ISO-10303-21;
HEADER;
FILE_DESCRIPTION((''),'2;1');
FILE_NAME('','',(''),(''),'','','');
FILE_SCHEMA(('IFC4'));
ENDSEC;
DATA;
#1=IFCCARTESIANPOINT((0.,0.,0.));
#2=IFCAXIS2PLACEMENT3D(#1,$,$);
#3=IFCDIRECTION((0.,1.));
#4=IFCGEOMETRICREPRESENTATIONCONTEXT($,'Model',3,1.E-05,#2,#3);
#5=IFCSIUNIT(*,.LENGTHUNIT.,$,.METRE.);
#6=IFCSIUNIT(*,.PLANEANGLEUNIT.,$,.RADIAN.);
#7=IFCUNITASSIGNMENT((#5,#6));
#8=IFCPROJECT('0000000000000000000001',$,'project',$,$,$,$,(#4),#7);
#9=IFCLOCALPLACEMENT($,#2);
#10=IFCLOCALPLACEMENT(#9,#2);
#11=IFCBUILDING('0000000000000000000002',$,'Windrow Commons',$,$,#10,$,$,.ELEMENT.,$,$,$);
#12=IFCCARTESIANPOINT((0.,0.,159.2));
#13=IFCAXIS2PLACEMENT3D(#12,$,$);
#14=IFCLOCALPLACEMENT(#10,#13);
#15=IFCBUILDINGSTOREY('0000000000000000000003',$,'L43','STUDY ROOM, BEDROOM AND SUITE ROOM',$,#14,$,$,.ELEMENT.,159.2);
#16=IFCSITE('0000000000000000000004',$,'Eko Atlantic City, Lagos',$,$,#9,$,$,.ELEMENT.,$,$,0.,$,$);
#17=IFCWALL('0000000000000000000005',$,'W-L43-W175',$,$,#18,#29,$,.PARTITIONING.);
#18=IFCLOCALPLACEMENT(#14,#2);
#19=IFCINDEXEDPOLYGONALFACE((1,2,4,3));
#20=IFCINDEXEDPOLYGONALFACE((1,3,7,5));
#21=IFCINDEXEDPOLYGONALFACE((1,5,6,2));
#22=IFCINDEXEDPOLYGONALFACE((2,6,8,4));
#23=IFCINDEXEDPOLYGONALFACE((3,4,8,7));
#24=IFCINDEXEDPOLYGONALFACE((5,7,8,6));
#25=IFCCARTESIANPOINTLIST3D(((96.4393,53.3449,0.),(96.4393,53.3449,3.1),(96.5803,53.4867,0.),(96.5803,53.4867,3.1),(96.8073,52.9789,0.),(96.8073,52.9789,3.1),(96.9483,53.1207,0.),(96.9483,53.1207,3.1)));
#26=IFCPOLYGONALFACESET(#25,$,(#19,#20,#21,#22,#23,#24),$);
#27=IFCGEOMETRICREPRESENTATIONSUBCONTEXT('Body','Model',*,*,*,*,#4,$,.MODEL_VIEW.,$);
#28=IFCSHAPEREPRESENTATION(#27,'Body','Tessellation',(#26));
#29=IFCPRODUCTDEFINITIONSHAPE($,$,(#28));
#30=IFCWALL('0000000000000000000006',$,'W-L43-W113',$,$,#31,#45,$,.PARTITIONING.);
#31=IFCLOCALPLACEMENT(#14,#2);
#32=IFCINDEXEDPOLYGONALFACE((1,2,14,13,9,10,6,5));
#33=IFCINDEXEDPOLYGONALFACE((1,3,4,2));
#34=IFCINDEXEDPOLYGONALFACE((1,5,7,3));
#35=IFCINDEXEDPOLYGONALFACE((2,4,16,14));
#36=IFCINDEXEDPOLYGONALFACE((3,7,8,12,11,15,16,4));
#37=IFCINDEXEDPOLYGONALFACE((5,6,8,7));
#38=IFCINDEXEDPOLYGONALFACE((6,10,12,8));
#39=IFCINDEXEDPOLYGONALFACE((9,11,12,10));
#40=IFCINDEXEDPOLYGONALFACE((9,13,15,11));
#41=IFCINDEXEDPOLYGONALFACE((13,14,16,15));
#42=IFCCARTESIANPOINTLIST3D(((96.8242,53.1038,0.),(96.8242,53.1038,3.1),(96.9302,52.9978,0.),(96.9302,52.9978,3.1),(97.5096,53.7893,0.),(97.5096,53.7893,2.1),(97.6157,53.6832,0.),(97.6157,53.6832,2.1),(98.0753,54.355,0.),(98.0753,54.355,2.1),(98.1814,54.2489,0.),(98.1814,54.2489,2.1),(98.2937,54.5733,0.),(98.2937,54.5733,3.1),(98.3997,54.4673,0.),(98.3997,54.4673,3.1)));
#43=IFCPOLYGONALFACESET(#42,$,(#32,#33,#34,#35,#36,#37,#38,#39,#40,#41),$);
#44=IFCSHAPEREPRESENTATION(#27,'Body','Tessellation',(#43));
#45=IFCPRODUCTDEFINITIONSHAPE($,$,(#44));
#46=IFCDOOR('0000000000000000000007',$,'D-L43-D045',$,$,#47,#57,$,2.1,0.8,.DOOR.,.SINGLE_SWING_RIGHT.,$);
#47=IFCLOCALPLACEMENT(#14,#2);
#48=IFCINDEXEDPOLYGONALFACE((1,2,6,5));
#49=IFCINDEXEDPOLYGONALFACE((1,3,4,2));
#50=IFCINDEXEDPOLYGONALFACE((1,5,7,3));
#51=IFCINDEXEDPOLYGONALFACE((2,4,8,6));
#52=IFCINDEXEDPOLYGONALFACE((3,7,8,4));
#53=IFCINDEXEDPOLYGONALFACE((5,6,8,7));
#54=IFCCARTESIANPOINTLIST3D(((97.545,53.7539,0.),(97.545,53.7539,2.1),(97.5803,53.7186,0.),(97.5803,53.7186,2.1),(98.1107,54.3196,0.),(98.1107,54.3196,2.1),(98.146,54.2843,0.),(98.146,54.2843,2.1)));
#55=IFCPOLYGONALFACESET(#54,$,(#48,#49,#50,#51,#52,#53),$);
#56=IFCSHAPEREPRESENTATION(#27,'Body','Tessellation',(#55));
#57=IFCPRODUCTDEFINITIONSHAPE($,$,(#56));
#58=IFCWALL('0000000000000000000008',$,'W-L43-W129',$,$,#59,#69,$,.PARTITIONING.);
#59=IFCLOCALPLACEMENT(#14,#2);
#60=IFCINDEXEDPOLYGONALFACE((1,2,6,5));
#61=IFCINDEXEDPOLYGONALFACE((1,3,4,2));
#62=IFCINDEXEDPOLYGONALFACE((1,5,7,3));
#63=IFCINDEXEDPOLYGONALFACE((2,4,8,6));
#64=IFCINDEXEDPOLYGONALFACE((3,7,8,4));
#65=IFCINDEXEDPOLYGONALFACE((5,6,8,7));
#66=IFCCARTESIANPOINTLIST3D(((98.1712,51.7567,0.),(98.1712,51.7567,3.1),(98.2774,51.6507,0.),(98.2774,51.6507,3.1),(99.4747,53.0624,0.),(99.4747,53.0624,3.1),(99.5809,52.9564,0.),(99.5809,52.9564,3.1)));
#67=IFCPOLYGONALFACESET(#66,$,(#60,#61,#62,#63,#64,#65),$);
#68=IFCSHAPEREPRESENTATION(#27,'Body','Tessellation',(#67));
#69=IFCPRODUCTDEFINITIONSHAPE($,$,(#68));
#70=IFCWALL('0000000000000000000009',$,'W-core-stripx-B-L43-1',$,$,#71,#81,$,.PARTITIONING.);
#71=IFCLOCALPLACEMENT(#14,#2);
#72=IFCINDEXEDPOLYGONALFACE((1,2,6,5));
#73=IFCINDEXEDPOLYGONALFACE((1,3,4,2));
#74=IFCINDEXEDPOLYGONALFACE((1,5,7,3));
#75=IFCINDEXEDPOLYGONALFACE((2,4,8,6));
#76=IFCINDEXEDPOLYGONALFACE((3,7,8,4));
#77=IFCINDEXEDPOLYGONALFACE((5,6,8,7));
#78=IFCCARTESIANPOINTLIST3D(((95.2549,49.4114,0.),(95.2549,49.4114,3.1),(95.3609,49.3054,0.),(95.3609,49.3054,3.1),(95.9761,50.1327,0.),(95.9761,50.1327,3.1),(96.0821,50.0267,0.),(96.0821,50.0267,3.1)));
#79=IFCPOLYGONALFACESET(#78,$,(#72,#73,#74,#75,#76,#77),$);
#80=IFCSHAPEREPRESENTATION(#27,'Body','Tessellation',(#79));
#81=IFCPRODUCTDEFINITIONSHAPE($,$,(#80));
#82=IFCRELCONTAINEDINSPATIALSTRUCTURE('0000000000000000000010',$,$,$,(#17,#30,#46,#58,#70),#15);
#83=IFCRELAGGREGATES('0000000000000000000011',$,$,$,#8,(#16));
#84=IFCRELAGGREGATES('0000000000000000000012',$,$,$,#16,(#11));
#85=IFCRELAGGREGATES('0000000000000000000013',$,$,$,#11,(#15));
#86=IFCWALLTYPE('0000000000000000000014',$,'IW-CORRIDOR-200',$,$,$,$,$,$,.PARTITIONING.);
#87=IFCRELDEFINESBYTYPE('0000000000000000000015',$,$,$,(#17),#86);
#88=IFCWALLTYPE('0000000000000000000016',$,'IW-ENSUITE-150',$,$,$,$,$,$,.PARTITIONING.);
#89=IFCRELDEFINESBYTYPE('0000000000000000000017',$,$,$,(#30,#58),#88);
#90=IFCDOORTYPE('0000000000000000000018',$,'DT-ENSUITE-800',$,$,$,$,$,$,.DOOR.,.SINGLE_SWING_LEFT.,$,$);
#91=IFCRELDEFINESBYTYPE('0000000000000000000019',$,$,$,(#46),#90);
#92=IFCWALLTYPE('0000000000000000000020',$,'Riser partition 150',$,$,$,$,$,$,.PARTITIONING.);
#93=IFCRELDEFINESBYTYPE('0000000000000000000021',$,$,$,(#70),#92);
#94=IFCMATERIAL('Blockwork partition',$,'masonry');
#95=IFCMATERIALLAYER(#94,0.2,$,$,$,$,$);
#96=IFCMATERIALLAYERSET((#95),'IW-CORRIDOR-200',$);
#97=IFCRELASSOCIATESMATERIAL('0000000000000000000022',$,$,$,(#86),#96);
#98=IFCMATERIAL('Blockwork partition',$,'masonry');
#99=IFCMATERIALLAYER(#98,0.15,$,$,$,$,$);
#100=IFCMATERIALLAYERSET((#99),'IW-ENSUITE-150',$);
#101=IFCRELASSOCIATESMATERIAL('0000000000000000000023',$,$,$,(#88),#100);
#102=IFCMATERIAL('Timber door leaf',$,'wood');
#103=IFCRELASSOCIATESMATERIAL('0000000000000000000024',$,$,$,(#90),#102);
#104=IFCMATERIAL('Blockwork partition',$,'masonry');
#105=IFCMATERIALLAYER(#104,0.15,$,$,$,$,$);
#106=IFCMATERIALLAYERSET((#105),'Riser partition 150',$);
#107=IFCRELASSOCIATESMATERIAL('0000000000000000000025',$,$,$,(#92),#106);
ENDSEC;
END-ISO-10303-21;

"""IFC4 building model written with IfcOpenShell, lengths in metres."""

from ifc_helpers import new_model, si_unit, direction, frame, frame_2d, origin, place, context, subcontext, project, spatial, rectangle, extrude, material, layer, layer_set, type_object, element, fill, save


model = new_model("IFC4")

# Units and contexts
model_context = context("Model", 3, precision=1e-05, world=origin(), true_north=direction((0.0, 1.0)))
body_context = subcontext(model_context, "Body", "Model", "MODEL_VIEW")
ifc_project = project(units=[si_unit("LENGTHUNIT", "METRE"), si_unit("PLANEANGLEUNIT", "RADIAN")], contexts=[model_context])

# Site, building, storey
site_placement = place(None, origin())
site = spatial("IfcSite", under=ifc_project, at=site_placement, Name="Eko Atlantic City, Lagos", CompositionType="ELEMENT", RefElevation=0.0)
building_placement = place(site_placement, origin())
building = spatial("IfcBuilding", under=site, at=building_placement, Name="Windrow Commons", CompositionType="ELEMENT")
storey_placement = place(building_placement, frame((0.0, 0.0, 159.2)))
storey = spatial("IfcBuildingStorey", under=building, at=storey_placement, Name="L43", Description="STUDY ROOM, BEDROOM AND SUITE ROOM", CompositionType="ELEMENT", Elevation=159.2)

# Wall
ifc_material_1 = material(Name="Blockwork partition", Category="masonry")
ifc_layer_1 = layer(ifc_material_1, 0.2)
ifc_layer_set_1 = layer_set([ifc_layer_1], Name="IW-CORRIDOR-200")
wall_type_1 = type_object("IfcWallType", Name="IW-CORRIDOR-200", PredefinedType="PARTITIONING", material=ifc_layer_set_1)
wall_1_placement = place(storey_placement, frame((96.5098, 53.4158, 0.0), z_axis=(0.0, 0.0, 1.0), x_axis=(0.709031, -0.705177, 0.0)))
element("IfcWall", 1, at=wall_1_placement, inside=storey, type_object=wall_type_1, Name="W-L43-W175", PredefinedType="PARTITIONING", context=body_context, shape_type="SweptSolid", body=[
    extrude(rectangle(XDim=0.519, YDim=0.2, at=frame_2d((0.2595, 0.0))), origin(), (0.0, 0.0, 1.0), 3.1),
])

# Wall, opening, door
ifc_material_2 = material(Name="Blockwork partition", Category="masonry")
ifc_layer_2 = layer(ifc_material_2, 0.15)
ifc_layer_set_2 = layer_set([ifc_layer_2], Name="IW-ENSUITE-150")
wall_type_2 = type_object("IfcWallType", Name="IW-ENSUITE-150", PredefinedType="PARTITIONING", material=ifc_layer_set_2)
wall_2_placement = place(storey_placement, frame((96.8772, 53.0508, 0.0), z_axis=(0.0, 0.0, 1.0), x_axis=(0.707107, 0.707107, 0.0)))
wall_2 = element("IfcWall", 2, at=wall_2_placement, inside=storey, type_object=wall_type_2, Name="W-L43-W113", PredefinedType="PARTITIONING", context=body_context, shape_type="SweptSolid", body=[
    extrude(rectangle(XDim=2.0782, YDim=0.15, at=frame_2d((1.0391, 0.0))), origin(), (0.0, 0.0, 1.0), 3.1),
])
opening_1_placement = place(wall_2_placement, frame((0.9694, 0.0, 0.0)))
opening_1 = element("IfcOpeningElement", 3, at=opening_1_placement, cuts=wall_2, PredefinedType="OPENING", context=body_context, shape_type="SweptSolid", body=[
    extrude(rectangle(XDim=0.8, YDim=2.1, at=frame_2d((0.4, 1.05))), frame((0.0, 0.085, 0.0), z_axis=(0.0, -1.0, 0.0), x_axis=(1.0, 0.0, 0.0)), (0.0, 0.0, 1.0), 0.17),
])
ifc_material_3 = material(Name="Timber door leaf", Category="wood")
door_type = type_object("IfcDoorType", Name="DT-ENSUITE-800", OperationType="SINGLE_SWING_LEFT", PredefinedType="DOOR", material=ifc_material_3)
door_placement = place(opening_1_placement, origin())
door = element("IfcDoor", 4, at=door_placement, inside=storey, type_object=door_type, Name="D-L43-D045", OperationType="SINGLE_SWING_RIGHT", OverallHeight=2.1, OverallWidth=0.8, PredefinedType="DOOR", context=body_context, shape_type="SweptSolid", body=[
    extrude(rectangle(XDim=0.8, YDim=2.1, at=frame_2d((0.4, 1.05))), frame((0.0, 0.025, 0.0), z_axis=(0.0, -1.0, 0.0), x_axis=(1.0, 0.0, 0.0)), (0.0, 0.0, 1.0), 0.05),
])
fill(opening_1, door)

# Walls
wall_3_placement = place(storey_placement, frame((98.2243, 51.7037, 0.0), z_axis=(0.0, 0.0, 1.0), x_axis=(0.70651, 0.707703, 0.0)))
element("IfcWall", 5, at=wall_3_placement, inside=storey, type_object=wall_type_2, Name="W-L43-W129", PredefinedType="PARTITIONING", context=body_context, shape_type="SweptSolid", body=[
    extrude(rectangle(XDim=1.845, YDim=0.15, at=frame_2d((0.9225, 0.0))), origin(), (0.0, 0.0, 1.0), 3.1),
])
ifc_material_4 = material(Name="Blockwork partition", Category="masonry")
ifc_layer_3 = layer(ifc_material_4, 0.15)
ifc_layer_set_3 = layer_set([ifc_layer_3], Name="Riser partition 150")
wall_type_3 = type_object("IfcWallType", Name="Riser partition 150", PredefinedType="PARTITIONING", material=ifc_layer_set_3)
wall_4_placement = place(storey_placement, frame((95.3079, 49.3584, 0.0), z_axis=(0.0, 0.0, 1.0), x_axis=(0.707058, 0.707156, 0.0)))
element("IfcWall", 6, at=wall_4_placement, inside=storey, type_object=wall_type_3, Name="W-core-stripx-B-L43-1", PredefinedType="PARTITIONING", context=body_context, shape_type="SweptSolid", body=[
    extrude(rectangle(XDim=1.02, YDim=0.15, at=frame_2d((0.51, 0.0))), origin(), (0.0, 0.0, 1.0), 3.1),
])

save(model, "model.ifc")
